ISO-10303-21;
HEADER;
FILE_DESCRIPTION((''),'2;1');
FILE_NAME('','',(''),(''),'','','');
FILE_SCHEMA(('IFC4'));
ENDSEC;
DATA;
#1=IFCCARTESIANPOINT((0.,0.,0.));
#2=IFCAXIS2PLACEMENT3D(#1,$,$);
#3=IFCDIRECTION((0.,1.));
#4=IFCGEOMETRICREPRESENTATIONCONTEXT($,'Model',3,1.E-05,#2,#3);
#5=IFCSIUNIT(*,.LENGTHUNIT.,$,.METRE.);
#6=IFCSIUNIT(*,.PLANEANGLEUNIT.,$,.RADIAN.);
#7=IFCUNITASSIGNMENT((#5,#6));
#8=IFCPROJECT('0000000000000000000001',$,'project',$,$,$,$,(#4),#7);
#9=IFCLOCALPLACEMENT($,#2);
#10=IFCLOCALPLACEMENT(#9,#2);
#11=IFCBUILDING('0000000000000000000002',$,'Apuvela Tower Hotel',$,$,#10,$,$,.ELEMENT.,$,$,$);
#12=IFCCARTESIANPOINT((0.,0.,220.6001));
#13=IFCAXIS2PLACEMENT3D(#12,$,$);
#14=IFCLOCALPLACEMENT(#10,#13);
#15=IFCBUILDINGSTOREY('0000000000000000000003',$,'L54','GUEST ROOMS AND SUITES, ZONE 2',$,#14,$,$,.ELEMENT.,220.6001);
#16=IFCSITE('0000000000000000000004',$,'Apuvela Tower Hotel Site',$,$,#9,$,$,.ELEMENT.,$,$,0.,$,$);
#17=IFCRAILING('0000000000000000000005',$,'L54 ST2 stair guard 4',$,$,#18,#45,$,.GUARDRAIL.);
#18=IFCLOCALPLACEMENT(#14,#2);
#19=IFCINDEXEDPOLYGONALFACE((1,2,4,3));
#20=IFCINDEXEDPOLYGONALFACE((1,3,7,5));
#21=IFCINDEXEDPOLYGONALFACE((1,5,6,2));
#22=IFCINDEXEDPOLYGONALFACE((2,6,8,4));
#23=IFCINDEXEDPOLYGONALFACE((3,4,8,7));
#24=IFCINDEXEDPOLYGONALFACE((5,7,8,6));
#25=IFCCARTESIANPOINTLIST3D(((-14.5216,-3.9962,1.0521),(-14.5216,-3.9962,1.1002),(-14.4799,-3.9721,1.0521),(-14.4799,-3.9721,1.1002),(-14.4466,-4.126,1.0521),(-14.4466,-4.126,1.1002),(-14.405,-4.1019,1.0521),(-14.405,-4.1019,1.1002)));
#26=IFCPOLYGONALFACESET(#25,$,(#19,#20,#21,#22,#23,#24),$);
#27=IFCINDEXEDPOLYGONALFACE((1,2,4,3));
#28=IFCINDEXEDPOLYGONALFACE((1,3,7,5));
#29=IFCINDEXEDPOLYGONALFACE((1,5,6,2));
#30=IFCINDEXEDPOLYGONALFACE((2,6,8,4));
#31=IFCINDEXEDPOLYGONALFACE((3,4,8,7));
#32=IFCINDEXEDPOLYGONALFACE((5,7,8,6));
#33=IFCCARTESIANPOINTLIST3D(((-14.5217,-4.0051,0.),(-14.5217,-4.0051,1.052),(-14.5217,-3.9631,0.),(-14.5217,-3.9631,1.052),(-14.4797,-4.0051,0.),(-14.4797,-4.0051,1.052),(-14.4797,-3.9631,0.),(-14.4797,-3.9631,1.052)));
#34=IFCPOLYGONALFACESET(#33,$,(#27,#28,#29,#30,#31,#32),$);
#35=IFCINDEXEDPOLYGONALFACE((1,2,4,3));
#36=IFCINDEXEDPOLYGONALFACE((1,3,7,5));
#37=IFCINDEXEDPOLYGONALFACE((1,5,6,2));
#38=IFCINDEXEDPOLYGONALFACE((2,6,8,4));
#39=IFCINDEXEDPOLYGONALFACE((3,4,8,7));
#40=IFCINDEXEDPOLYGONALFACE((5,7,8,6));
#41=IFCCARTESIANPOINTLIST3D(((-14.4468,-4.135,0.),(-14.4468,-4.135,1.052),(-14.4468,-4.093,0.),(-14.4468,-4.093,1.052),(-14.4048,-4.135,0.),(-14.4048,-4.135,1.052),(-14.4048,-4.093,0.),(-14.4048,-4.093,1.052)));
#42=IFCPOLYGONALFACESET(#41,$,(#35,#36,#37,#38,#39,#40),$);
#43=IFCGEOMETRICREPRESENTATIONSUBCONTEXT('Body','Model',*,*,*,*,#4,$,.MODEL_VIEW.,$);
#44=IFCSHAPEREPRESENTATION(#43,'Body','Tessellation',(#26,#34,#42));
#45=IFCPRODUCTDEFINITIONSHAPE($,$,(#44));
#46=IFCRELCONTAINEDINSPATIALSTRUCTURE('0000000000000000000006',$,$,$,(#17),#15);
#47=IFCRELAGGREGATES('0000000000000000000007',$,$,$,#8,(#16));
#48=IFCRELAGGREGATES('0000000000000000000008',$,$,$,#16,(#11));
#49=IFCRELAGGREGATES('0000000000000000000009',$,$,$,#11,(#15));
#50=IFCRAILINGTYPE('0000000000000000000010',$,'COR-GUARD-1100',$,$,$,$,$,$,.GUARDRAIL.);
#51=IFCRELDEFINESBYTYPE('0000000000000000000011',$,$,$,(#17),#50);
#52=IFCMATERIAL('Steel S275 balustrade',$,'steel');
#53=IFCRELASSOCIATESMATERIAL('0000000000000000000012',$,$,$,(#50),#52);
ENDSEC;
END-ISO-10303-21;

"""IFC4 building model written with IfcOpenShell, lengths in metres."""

from ifc_helpers import new_model, si_unit, direction, frame, origin, origin_2d, place, context, subcontext, project, spatial, rectangle, extrude, material, type_object, element, save


model = new_model("IFC4")

# Units and contexts
model_context = context("Model", 3, precision=1e-05, world=origin(), true_north=direction((0.0, 1.0)))
body_context = subcontext(model_context, "Body", "Model", "MODEL_VIEW")
ifc_project = project(units=[si_unit("LENGTHUNIT", "METRE"), si_unit("PLANEANGLEUNIT", "RADIAN")], contexts=[model_context])

# Site, building, storey
site_placement = place(None, origin())
site = spatial("IfcSite", under=ifc_project, at=site_placement, Name="Apuvela Tower Hotel Site", CompositionType="ELEMENT", RefElevation=0.0)
building_placement = place(site_placement, origin())
building = spatial("IfcBuilding", under=site, at=building_placement, Name="Apuvela Tower Hotel", CompositionType="ELEMENT")
storey_placement = place(building_placement, frame((0.0, 0.0, 220.6001)))
storey = spatial("IfcBuildingStorey", under=building, at=storey_placement, Name="L54", Description="GUEST ROOMS AND SUITES, ZONE 2", CompositionType="ELEMENT", Elevation=220.6001)

# Railing
ifc_material_1 = material(Name="Steel S275 balustrade", Category="steel")
railing_type = type_object("IfcRailingType", Name="COR-GUARD-1100", PredefinedType="GUARDRAIL", material=ifc_material_1)
railing_1_placement = place(storey_placement, frame((-14.5007, -3.9841, 0.0)))
element("IfcRailing", 1, at=railing_1_placement, inside=storey, type_object=railing_type, Name="L54 ST2 stair guard 4", PredefinedType="GUARDRAIL", context=body_context, shape_type="SweptSolid", body=[
    extrude(rectangle(XDim=0.0481, YDim=0.0481, at=origin_2d()), frame((0.0, 0.0, 1.0762), z_axis=(0.499816, -0.866131, 0.0), x_axis=(0.866131, 0.499816, 0.0)), (0.0, 0.0, 1.0), 0.1499),
    extrude(rectangle(XDim=0.042, YDim=0.042, at=origin_2d()), origin(), (0.0, 0.0, 1.0), 1.052),
    extrude(rectangle(XDim=0.042, YDim=0.042, at=origin_2d()), frame((0.075, -0.1299, 0.0)), (0.0, 0.0, 1.0), 1.052),
])

save(model, "model.ifc")
